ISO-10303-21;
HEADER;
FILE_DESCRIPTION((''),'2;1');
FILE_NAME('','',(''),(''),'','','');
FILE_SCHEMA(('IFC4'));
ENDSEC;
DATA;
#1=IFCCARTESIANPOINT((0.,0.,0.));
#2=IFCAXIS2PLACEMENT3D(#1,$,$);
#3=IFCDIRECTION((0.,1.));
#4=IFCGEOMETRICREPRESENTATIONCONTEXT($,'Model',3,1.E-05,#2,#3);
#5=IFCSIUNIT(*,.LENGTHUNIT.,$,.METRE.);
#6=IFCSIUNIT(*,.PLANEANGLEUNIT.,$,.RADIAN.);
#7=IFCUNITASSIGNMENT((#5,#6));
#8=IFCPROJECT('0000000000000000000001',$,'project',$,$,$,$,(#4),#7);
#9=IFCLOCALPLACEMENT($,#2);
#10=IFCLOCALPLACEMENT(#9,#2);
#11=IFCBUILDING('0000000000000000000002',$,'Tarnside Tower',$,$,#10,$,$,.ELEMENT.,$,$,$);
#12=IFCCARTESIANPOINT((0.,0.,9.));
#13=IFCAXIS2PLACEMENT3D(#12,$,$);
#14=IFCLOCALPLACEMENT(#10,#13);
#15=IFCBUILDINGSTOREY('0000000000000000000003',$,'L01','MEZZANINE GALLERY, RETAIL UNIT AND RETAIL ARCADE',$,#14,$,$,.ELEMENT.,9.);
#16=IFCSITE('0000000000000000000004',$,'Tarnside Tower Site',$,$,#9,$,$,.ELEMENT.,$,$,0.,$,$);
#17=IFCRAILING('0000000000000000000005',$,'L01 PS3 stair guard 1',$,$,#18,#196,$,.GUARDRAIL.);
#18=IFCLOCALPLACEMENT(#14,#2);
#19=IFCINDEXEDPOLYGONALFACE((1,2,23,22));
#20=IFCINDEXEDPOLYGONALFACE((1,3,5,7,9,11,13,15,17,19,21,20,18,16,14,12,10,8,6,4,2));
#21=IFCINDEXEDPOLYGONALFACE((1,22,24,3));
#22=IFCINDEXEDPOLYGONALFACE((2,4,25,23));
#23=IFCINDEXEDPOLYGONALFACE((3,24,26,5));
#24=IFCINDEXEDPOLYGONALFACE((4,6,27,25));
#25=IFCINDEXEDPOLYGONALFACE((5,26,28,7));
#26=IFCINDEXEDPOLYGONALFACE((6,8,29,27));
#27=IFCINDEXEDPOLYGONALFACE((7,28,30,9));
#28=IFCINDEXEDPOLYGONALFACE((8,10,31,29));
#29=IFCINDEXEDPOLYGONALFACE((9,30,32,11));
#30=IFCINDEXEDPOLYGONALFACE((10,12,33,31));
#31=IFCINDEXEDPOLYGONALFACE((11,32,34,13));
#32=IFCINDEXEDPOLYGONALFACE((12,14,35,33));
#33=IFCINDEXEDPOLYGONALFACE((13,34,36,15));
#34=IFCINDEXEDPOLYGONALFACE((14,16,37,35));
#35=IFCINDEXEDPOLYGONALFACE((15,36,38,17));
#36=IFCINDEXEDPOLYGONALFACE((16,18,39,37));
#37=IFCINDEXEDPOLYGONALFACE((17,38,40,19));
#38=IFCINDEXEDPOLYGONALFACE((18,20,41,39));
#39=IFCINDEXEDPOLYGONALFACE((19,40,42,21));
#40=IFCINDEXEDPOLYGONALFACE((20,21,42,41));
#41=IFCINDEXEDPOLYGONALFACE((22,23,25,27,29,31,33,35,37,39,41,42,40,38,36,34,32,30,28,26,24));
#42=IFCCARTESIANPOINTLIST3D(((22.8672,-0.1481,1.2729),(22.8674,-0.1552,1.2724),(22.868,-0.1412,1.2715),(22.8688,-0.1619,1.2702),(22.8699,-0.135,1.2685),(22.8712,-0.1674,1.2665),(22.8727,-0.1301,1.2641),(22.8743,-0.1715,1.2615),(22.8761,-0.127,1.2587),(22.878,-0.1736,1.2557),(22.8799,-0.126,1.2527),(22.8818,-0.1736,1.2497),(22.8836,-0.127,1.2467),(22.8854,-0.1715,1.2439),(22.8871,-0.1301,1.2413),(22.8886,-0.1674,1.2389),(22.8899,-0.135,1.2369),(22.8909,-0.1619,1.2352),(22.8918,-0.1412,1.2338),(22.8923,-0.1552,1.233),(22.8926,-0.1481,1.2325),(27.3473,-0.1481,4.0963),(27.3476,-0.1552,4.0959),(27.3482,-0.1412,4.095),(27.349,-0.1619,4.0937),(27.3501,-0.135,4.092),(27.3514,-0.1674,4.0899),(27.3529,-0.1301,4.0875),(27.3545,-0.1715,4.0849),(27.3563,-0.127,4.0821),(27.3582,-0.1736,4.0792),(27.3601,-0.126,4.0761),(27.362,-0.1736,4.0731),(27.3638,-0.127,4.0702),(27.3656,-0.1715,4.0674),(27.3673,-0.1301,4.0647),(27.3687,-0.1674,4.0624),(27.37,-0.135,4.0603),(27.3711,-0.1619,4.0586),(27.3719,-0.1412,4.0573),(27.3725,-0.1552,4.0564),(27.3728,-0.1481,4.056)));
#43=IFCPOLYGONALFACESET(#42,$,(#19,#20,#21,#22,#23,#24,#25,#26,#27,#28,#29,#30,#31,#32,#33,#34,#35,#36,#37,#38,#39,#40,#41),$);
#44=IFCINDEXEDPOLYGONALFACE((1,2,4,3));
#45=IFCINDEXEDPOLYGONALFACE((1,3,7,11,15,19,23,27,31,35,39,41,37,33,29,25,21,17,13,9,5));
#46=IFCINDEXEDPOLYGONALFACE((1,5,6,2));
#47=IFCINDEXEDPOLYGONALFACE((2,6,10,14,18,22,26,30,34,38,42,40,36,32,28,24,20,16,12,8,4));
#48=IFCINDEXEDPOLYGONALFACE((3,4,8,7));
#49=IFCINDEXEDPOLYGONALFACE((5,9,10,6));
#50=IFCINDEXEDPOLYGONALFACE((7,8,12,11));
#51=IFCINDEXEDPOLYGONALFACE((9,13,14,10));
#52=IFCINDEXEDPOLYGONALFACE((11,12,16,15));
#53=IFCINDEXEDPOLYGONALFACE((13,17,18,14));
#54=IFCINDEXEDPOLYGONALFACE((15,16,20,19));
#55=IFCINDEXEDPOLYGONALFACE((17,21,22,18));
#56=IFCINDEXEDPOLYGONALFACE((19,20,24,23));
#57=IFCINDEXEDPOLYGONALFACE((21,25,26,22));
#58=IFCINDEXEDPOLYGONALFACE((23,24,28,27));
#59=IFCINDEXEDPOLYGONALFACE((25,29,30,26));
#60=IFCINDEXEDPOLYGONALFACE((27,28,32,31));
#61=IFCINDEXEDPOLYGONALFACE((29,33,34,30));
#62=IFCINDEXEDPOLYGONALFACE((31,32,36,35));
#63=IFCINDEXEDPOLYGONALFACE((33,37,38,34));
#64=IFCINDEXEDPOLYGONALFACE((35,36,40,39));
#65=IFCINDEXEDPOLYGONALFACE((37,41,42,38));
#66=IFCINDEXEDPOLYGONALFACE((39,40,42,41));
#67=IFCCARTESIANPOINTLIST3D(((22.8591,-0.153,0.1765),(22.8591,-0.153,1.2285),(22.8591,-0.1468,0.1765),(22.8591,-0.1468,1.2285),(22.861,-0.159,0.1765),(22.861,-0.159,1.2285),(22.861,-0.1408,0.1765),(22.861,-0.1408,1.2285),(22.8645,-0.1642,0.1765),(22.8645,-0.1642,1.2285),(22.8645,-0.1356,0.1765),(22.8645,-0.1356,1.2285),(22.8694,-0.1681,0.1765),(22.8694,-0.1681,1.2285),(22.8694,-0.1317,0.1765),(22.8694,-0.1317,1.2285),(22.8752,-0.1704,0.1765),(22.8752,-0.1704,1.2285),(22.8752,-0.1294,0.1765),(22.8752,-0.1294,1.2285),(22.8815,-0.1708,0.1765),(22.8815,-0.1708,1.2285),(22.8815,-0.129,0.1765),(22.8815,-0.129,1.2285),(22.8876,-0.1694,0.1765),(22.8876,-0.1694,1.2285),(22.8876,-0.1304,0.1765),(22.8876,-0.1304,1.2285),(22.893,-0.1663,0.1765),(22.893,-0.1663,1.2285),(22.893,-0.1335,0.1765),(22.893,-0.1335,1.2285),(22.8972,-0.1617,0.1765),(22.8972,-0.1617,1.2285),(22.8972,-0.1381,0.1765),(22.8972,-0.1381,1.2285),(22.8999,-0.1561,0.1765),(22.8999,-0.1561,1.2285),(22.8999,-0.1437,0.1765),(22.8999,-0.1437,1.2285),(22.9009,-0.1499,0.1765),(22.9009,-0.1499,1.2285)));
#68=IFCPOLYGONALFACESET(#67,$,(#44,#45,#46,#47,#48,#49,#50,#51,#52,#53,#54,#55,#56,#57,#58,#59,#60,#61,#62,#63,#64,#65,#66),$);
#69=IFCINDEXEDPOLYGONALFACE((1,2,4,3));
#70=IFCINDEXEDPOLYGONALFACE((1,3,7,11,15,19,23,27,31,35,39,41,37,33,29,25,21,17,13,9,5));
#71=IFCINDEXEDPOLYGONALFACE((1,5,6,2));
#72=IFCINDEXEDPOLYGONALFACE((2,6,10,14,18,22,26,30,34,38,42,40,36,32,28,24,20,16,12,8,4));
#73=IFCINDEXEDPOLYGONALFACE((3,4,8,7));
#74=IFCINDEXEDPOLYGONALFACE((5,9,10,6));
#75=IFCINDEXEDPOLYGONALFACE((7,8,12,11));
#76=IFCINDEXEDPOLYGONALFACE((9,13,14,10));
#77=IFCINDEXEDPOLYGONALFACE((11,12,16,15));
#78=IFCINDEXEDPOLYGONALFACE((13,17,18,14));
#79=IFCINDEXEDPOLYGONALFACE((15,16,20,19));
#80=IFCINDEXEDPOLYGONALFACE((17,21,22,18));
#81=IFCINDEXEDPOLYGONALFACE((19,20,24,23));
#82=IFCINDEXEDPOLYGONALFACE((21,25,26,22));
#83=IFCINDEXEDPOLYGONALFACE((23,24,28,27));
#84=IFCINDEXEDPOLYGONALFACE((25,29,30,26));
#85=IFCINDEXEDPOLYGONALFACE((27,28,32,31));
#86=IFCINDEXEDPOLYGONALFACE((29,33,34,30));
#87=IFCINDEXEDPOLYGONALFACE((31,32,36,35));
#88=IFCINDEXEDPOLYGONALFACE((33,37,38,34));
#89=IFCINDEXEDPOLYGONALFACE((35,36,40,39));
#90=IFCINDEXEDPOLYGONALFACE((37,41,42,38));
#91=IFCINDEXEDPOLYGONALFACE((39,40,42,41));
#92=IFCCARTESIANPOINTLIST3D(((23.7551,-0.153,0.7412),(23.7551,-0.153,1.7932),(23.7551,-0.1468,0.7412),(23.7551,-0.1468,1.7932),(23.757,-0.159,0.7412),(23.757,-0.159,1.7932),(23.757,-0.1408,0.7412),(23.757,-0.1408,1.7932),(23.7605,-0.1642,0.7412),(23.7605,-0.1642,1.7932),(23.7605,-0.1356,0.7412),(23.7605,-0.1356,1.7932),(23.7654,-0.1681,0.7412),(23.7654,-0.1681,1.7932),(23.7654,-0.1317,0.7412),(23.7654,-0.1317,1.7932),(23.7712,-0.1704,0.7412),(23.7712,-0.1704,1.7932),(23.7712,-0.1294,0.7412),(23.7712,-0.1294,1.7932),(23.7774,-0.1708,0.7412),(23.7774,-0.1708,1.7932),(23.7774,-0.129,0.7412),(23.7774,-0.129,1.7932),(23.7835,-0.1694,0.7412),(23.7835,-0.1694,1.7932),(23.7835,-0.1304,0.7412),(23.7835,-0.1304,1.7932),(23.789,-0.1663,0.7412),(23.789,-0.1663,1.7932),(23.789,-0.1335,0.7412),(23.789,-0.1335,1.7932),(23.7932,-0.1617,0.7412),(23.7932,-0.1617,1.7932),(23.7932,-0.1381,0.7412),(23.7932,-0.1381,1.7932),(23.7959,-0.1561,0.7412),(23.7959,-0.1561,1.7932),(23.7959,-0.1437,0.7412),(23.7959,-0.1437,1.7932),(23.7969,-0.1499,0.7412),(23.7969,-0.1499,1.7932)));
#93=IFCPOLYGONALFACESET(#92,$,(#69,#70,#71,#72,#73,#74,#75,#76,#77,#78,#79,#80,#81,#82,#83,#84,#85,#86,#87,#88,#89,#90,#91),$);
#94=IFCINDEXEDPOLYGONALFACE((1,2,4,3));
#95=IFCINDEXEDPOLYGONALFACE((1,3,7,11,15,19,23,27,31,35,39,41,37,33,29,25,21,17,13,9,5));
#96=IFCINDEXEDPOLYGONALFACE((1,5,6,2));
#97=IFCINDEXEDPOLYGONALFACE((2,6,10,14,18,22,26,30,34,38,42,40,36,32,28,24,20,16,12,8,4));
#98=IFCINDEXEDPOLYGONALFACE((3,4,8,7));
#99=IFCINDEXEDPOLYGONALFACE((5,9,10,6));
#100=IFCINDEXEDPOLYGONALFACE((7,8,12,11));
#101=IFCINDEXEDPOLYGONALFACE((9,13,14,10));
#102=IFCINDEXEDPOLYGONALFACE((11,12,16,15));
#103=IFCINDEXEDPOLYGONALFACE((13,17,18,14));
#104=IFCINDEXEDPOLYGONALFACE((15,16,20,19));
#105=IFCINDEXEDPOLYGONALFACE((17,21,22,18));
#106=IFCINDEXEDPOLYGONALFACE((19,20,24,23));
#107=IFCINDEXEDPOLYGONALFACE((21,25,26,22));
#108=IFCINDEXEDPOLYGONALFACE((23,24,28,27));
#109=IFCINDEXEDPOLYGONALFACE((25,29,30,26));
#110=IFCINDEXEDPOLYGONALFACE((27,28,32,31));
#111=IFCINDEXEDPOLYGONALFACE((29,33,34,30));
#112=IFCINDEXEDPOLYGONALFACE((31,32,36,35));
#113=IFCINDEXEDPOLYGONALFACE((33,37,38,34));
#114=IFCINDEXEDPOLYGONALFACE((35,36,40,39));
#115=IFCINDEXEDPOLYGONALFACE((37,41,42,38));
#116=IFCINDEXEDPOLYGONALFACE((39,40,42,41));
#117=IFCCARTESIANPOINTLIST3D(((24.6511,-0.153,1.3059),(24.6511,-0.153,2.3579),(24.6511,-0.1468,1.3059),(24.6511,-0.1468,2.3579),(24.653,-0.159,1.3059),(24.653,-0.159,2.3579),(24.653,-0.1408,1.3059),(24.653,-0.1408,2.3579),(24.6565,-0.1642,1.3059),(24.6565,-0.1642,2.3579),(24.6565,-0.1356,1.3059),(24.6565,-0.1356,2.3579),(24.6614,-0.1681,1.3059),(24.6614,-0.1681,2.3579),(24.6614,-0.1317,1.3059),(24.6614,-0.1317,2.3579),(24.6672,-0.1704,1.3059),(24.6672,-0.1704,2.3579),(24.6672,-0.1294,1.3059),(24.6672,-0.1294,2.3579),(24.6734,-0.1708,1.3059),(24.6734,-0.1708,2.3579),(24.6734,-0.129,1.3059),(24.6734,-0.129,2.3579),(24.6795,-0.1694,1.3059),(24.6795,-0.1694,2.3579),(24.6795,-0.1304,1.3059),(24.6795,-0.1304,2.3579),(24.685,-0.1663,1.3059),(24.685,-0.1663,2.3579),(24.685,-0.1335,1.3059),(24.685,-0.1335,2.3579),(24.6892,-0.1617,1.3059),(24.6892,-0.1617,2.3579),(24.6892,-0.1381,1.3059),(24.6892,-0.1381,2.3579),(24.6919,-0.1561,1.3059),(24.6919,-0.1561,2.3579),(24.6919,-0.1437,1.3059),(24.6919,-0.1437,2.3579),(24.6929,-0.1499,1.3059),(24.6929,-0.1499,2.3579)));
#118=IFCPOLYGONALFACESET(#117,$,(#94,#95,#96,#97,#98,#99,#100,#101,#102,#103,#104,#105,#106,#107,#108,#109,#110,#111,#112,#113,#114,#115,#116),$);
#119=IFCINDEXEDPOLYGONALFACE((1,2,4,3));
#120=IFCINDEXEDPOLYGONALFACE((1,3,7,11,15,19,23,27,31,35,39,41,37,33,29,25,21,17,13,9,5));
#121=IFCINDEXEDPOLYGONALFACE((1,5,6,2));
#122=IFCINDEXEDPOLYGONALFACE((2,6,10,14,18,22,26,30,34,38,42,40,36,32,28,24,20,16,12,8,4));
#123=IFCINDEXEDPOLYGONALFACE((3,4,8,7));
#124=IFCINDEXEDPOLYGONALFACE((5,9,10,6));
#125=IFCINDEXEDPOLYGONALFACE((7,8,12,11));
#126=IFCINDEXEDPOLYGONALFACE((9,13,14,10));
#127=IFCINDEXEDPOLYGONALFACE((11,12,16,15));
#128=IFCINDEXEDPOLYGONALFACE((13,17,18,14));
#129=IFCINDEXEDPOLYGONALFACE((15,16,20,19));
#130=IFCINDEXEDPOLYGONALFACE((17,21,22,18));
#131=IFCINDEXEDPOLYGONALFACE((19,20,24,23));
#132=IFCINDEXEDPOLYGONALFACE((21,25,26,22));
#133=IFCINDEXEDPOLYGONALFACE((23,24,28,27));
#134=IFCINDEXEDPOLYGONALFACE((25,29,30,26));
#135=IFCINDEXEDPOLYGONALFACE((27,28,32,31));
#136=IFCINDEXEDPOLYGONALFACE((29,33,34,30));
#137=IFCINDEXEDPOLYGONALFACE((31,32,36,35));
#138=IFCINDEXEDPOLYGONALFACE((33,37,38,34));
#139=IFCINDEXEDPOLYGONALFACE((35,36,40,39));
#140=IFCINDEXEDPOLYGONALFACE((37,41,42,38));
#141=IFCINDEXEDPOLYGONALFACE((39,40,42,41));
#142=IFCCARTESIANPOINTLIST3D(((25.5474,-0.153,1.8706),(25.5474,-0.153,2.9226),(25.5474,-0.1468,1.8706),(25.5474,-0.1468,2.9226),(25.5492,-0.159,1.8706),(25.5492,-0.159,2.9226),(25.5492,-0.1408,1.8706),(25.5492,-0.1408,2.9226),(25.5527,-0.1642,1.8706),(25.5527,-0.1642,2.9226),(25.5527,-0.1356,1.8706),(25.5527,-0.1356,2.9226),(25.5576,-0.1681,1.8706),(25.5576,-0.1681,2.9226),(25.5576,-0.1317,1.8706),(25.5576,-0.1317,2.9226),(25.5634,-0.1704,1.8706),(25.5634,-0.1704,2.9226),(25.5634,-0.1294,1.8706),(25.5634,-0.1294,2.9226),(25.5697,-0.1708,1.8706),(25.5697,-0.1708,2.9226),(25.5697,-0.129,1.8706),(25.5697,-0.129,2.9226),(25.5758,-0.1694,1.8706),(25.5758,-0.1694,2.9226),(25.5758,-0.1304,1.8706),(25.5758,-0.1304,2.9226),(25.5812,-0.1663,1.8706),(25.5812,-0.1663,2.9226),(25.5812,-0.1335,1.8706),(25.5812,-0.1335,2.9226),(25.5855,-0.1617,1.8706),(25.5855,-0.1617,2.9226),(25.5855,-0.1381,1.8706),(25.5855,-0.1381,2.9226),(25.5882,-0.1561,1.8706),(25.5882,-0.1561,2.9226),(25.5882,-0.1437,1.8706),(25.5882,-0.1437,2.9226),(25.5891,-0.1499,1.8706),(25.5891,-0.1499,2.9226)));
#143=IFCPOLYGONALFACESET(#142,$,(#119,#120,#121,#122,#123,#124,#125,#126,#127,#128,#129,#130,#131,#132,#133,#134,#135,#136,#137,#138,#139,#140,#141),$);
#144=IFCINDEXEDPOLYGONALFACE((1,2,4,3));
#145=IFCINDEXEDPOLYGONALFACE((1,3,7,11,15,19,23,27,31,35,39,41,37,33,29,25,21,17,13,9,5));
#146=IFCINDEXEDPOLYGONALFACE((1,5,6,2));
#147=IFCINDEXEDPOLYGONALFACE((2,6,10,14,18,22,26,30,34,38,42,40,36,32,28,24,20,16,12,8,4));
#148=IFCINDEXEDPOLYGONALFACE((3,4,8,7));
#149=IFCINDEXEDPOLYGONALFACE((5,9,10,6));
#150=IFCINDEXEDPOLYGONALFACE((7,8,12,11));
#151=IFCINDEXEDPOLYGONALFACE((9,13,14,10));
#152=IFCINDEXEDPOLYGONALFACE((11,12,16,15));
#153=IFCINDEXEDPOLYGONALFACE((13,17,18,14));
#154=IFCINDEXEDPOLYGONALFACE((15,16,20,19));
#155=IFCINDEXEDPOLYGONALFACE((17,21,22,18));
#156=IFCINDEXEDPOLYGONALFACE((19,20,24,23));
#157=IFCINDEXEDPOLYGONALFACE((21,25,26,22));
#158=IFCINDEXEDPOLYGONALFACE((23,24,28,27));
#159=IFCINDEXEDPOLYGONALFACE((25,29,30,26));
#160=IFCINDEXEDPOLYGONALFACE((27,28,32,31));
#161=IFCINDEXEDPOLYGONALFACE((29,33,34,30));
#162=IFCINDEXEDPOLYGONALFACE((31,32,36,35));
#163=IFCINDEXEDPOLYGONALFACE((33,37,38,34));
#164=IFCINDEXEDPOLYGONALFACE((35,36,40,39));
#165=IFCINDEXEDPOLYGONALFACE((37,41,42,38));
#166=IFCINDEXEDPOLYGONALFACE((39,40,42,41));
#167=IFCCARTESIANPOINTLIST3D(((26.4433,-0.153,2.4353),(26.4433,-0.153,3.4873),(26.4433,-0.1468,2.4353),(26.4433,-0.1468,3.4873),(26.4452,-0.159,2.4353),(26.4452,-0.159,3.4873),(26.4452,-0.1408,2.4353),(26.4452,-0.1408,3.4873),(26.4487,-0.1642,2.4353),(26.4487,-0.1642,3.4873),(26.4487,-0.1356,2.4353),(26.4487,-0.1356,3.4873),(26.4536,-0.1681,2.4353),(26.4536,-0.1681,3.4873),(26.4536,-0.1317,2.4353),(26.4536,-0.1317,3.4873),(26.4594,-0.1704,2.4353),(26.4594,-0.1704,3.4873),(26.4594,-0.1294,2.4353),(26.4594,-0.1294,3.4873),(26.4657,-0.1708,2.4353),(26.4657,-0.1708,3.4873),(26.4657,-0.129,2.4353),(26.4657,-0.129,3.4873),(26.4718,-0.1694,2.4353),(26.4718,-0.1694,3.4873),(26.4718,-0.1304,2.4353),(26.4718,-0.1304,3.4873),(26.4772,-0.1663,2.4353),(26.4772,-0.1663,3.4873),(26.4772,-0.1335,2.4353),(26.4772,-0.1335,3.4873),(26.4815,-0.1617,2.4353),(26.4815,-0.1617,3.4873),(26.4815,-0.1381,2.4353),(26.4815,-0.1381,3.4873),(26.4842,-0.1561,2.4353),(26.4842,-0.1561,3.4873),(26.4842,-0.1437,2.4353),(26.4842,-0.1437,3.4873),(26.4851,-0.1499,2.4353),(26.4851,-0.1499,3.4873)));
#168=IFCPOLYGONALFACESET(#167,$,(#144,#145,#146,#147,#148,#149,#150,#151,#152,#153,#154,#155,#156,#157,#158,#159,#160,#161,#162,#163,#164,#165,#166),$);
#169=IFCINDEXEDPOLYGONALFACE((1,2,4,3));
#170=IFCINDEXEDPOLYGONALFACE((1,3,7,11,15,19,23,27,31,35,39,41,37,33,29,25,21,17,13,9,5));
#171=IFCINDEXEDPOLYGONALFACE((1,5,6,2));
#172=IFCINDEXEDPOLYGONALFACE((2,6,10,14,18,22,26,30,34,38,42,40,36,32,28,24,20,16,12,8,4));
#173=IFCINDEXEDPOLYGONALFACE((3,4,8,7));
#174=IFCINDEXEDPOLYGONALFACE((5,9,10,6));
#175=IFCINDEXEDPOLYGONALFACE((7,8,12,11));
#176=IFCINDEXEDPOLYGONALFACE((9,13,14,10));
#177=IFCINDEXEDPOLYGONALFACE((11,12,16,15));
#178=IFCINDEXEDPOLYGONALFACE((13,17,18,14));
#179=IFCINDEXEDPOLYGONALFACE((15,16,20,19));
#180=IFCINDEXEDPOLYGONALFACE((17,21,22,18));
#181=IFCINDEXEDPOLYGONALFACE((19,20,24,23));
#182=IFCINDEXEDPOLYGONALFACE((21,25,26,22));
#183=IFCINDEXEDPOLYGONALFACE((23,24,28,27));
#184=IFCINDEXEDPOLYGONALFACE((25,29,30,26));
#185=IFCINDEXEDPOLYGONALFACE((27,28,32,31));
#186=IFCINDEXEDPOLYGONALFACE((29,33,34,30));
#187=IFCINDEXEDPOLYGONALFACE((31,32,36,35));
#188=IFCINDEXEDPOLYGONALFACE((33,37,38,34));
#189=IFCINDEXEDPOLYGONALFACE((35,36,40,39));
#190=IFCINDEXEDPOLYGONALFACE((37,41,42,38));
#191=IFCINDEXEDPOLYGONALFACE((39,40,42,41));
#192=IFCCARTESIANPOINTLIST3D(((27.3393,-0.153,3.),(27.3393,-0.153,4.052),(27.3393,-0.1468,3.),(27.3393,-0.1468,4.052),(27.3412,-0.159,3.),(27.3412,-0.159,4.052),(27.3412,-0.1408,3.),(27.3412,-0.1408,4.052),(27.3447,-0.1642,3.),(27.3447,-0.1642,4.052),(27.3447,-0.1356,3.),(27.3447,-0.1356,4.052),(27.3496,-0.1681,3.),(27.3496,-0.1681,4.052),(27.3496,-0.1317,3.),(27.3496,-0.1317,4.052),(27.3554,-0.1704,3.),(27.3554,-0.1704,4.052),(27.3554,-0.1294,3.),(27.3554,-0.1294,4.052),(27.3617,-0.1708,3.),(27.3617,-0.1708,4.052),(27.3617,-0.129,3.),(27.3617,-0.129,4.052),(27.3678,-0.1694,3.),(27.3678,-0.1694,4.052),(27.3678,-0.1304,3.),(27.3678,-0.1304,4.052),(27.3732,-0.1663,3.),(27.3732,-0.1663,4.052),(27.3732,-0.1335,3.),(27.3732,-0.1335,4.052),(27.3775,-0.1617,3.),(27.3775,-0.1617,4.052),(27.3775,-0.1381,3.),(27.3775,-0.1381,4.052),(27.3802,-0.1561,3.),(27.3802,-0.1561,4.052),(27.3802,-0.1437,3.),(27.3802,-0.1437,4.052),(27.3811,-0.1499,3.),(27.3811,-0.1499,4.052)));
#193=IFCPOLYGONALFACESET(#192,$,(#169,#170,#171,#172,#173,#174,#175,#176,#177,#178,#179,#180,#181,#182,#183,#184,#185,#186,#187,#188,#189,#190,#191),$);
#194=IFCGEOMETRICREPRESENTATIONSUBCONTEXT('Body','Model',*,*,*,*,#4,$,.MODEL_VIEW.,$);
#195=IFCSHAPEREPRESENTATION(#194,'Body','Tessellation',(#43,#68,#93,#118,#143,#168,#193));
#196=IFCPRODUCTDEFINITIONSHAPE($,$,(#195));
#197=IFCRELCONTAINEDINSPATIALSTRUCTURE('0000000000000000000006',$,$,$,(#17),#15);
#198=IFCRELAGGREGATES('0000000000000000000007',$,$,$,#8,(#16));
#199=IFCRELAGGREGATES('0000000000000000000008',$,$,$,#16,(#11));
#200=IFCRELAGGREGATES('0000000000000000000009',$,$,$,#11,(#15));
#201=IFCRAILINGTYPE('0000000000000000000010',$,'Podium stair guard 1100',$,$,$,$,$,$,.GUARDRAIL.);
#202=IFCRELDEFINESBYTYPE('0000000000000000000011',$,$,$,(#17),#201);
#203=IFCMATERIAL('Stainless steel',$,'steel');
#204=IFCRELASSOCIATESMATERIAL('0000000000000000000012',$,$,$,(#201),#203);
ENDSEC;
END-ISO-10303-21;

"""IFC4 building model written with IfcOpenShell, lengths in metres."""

from ifc_helpers import new_model, si_unit, direction, frame, origin, origin_2d, place, context, subcontext, project, spatial, circle, extrude, material, type_object, element, save


model = new_model("IFC4")

# Units and contexts
model_context = context("Model", 3, precision=1e-05, world=origin(), true_north=direction((0.0, 1.0)))
body_context = subcontext(model_context, "Body", "Model", "MODEL_VIEW")
ifc_project = project(units=[si_unit("LENGTHUNIT", "METRE"), si_unit("PLANEANGLEUNIT", "RADIAN")], contexts=[model_context])

# Site, building, storey
site_placement = place(None, origin())
site = spatial("IfcSite", under=ifc_project, at=site_placement, Name="Tarnside Tower Site", CompositionType="ELEMENT", RefElevation=0.0)
building_placement = place(site_placement, origin())
building = spatial("IfcBuilding", under=site, at=building_placement, Name="Tarnside Tower", CompositionType="ELEMENT")
storey_placement = place(building_placement, frame((0.0, 0.0, 9.0)))
storey = spatial("IfcBuildingStorey", under=building, at=storey_placement, Name="L01", Description="MEZZANINE GALLERY, RETAIL UNIT AND RETAIL ARCADE", CompositionType="ELEMENT", Elevation=9.0)

# Railing
ifc_material_1 = material(Name="Stainless steel", Category="steel")
railing_type_1 = type_object("IfcRailingType", Name="Podium stair guard 1100", PredefinedType="GUARDRAIL", material=ifc_material_1)
railing_1_placement = place(storey_placement, frame((22.8799, -0.1499, 0.1765)))
element("IfcRailing", 1, at=railing_1_placement, inside=storey, type_object=railing_type_1, Name="L01 PS3 stair guard 1", PredefinedType="GUARDRAIL", context=body_context, shape_type="SweptSolid", body=[
    extrude(circle(Radius=0.0239, at=origin_2d()), frame((0.0, 0.0, 1.0762), z_axis=(0.846011, 0.0, 0.533165), x_axis=(0.0, 1.0, 0.0)), (0.0, 0.0, 1.0), 5.2957),
    extrude(circle(Radius=0.021, at=origin_2d()), origin(), (0.0, 0.0, 1.0), 1.052),
    extrude(circle(Radius=0.021, at=origin_2d()), frame((0.896, 0.0, 0.5647)), (0.0, 0.0, 1.0), 1.052),
    extrude(circle(Radius=0.021, at=origin_2d()), frame((1.792, 0.0, 1.1294)), (0.0, 0.0, 1.0), 1.052),
    extrude(circle(Radius=0.021, at=origin_2d()), frame((2.6882, 0.0, 1.6941)), (0.0, 0.0, 1.0), 1.052),
    extrude(circle(Radius=0.021, at=origin_2d()), frame((3.5842, 0.0, 2.2588)), (0.0, 0.0, 1.0), 1.052),
    extrude(circle(Radius=0.021, at=origin_2d()), frame((4.4802, 0.0, 2.8235)), (0.0, 0.0, 1.0), 1.052),
])

save(model, "model.ifc")
